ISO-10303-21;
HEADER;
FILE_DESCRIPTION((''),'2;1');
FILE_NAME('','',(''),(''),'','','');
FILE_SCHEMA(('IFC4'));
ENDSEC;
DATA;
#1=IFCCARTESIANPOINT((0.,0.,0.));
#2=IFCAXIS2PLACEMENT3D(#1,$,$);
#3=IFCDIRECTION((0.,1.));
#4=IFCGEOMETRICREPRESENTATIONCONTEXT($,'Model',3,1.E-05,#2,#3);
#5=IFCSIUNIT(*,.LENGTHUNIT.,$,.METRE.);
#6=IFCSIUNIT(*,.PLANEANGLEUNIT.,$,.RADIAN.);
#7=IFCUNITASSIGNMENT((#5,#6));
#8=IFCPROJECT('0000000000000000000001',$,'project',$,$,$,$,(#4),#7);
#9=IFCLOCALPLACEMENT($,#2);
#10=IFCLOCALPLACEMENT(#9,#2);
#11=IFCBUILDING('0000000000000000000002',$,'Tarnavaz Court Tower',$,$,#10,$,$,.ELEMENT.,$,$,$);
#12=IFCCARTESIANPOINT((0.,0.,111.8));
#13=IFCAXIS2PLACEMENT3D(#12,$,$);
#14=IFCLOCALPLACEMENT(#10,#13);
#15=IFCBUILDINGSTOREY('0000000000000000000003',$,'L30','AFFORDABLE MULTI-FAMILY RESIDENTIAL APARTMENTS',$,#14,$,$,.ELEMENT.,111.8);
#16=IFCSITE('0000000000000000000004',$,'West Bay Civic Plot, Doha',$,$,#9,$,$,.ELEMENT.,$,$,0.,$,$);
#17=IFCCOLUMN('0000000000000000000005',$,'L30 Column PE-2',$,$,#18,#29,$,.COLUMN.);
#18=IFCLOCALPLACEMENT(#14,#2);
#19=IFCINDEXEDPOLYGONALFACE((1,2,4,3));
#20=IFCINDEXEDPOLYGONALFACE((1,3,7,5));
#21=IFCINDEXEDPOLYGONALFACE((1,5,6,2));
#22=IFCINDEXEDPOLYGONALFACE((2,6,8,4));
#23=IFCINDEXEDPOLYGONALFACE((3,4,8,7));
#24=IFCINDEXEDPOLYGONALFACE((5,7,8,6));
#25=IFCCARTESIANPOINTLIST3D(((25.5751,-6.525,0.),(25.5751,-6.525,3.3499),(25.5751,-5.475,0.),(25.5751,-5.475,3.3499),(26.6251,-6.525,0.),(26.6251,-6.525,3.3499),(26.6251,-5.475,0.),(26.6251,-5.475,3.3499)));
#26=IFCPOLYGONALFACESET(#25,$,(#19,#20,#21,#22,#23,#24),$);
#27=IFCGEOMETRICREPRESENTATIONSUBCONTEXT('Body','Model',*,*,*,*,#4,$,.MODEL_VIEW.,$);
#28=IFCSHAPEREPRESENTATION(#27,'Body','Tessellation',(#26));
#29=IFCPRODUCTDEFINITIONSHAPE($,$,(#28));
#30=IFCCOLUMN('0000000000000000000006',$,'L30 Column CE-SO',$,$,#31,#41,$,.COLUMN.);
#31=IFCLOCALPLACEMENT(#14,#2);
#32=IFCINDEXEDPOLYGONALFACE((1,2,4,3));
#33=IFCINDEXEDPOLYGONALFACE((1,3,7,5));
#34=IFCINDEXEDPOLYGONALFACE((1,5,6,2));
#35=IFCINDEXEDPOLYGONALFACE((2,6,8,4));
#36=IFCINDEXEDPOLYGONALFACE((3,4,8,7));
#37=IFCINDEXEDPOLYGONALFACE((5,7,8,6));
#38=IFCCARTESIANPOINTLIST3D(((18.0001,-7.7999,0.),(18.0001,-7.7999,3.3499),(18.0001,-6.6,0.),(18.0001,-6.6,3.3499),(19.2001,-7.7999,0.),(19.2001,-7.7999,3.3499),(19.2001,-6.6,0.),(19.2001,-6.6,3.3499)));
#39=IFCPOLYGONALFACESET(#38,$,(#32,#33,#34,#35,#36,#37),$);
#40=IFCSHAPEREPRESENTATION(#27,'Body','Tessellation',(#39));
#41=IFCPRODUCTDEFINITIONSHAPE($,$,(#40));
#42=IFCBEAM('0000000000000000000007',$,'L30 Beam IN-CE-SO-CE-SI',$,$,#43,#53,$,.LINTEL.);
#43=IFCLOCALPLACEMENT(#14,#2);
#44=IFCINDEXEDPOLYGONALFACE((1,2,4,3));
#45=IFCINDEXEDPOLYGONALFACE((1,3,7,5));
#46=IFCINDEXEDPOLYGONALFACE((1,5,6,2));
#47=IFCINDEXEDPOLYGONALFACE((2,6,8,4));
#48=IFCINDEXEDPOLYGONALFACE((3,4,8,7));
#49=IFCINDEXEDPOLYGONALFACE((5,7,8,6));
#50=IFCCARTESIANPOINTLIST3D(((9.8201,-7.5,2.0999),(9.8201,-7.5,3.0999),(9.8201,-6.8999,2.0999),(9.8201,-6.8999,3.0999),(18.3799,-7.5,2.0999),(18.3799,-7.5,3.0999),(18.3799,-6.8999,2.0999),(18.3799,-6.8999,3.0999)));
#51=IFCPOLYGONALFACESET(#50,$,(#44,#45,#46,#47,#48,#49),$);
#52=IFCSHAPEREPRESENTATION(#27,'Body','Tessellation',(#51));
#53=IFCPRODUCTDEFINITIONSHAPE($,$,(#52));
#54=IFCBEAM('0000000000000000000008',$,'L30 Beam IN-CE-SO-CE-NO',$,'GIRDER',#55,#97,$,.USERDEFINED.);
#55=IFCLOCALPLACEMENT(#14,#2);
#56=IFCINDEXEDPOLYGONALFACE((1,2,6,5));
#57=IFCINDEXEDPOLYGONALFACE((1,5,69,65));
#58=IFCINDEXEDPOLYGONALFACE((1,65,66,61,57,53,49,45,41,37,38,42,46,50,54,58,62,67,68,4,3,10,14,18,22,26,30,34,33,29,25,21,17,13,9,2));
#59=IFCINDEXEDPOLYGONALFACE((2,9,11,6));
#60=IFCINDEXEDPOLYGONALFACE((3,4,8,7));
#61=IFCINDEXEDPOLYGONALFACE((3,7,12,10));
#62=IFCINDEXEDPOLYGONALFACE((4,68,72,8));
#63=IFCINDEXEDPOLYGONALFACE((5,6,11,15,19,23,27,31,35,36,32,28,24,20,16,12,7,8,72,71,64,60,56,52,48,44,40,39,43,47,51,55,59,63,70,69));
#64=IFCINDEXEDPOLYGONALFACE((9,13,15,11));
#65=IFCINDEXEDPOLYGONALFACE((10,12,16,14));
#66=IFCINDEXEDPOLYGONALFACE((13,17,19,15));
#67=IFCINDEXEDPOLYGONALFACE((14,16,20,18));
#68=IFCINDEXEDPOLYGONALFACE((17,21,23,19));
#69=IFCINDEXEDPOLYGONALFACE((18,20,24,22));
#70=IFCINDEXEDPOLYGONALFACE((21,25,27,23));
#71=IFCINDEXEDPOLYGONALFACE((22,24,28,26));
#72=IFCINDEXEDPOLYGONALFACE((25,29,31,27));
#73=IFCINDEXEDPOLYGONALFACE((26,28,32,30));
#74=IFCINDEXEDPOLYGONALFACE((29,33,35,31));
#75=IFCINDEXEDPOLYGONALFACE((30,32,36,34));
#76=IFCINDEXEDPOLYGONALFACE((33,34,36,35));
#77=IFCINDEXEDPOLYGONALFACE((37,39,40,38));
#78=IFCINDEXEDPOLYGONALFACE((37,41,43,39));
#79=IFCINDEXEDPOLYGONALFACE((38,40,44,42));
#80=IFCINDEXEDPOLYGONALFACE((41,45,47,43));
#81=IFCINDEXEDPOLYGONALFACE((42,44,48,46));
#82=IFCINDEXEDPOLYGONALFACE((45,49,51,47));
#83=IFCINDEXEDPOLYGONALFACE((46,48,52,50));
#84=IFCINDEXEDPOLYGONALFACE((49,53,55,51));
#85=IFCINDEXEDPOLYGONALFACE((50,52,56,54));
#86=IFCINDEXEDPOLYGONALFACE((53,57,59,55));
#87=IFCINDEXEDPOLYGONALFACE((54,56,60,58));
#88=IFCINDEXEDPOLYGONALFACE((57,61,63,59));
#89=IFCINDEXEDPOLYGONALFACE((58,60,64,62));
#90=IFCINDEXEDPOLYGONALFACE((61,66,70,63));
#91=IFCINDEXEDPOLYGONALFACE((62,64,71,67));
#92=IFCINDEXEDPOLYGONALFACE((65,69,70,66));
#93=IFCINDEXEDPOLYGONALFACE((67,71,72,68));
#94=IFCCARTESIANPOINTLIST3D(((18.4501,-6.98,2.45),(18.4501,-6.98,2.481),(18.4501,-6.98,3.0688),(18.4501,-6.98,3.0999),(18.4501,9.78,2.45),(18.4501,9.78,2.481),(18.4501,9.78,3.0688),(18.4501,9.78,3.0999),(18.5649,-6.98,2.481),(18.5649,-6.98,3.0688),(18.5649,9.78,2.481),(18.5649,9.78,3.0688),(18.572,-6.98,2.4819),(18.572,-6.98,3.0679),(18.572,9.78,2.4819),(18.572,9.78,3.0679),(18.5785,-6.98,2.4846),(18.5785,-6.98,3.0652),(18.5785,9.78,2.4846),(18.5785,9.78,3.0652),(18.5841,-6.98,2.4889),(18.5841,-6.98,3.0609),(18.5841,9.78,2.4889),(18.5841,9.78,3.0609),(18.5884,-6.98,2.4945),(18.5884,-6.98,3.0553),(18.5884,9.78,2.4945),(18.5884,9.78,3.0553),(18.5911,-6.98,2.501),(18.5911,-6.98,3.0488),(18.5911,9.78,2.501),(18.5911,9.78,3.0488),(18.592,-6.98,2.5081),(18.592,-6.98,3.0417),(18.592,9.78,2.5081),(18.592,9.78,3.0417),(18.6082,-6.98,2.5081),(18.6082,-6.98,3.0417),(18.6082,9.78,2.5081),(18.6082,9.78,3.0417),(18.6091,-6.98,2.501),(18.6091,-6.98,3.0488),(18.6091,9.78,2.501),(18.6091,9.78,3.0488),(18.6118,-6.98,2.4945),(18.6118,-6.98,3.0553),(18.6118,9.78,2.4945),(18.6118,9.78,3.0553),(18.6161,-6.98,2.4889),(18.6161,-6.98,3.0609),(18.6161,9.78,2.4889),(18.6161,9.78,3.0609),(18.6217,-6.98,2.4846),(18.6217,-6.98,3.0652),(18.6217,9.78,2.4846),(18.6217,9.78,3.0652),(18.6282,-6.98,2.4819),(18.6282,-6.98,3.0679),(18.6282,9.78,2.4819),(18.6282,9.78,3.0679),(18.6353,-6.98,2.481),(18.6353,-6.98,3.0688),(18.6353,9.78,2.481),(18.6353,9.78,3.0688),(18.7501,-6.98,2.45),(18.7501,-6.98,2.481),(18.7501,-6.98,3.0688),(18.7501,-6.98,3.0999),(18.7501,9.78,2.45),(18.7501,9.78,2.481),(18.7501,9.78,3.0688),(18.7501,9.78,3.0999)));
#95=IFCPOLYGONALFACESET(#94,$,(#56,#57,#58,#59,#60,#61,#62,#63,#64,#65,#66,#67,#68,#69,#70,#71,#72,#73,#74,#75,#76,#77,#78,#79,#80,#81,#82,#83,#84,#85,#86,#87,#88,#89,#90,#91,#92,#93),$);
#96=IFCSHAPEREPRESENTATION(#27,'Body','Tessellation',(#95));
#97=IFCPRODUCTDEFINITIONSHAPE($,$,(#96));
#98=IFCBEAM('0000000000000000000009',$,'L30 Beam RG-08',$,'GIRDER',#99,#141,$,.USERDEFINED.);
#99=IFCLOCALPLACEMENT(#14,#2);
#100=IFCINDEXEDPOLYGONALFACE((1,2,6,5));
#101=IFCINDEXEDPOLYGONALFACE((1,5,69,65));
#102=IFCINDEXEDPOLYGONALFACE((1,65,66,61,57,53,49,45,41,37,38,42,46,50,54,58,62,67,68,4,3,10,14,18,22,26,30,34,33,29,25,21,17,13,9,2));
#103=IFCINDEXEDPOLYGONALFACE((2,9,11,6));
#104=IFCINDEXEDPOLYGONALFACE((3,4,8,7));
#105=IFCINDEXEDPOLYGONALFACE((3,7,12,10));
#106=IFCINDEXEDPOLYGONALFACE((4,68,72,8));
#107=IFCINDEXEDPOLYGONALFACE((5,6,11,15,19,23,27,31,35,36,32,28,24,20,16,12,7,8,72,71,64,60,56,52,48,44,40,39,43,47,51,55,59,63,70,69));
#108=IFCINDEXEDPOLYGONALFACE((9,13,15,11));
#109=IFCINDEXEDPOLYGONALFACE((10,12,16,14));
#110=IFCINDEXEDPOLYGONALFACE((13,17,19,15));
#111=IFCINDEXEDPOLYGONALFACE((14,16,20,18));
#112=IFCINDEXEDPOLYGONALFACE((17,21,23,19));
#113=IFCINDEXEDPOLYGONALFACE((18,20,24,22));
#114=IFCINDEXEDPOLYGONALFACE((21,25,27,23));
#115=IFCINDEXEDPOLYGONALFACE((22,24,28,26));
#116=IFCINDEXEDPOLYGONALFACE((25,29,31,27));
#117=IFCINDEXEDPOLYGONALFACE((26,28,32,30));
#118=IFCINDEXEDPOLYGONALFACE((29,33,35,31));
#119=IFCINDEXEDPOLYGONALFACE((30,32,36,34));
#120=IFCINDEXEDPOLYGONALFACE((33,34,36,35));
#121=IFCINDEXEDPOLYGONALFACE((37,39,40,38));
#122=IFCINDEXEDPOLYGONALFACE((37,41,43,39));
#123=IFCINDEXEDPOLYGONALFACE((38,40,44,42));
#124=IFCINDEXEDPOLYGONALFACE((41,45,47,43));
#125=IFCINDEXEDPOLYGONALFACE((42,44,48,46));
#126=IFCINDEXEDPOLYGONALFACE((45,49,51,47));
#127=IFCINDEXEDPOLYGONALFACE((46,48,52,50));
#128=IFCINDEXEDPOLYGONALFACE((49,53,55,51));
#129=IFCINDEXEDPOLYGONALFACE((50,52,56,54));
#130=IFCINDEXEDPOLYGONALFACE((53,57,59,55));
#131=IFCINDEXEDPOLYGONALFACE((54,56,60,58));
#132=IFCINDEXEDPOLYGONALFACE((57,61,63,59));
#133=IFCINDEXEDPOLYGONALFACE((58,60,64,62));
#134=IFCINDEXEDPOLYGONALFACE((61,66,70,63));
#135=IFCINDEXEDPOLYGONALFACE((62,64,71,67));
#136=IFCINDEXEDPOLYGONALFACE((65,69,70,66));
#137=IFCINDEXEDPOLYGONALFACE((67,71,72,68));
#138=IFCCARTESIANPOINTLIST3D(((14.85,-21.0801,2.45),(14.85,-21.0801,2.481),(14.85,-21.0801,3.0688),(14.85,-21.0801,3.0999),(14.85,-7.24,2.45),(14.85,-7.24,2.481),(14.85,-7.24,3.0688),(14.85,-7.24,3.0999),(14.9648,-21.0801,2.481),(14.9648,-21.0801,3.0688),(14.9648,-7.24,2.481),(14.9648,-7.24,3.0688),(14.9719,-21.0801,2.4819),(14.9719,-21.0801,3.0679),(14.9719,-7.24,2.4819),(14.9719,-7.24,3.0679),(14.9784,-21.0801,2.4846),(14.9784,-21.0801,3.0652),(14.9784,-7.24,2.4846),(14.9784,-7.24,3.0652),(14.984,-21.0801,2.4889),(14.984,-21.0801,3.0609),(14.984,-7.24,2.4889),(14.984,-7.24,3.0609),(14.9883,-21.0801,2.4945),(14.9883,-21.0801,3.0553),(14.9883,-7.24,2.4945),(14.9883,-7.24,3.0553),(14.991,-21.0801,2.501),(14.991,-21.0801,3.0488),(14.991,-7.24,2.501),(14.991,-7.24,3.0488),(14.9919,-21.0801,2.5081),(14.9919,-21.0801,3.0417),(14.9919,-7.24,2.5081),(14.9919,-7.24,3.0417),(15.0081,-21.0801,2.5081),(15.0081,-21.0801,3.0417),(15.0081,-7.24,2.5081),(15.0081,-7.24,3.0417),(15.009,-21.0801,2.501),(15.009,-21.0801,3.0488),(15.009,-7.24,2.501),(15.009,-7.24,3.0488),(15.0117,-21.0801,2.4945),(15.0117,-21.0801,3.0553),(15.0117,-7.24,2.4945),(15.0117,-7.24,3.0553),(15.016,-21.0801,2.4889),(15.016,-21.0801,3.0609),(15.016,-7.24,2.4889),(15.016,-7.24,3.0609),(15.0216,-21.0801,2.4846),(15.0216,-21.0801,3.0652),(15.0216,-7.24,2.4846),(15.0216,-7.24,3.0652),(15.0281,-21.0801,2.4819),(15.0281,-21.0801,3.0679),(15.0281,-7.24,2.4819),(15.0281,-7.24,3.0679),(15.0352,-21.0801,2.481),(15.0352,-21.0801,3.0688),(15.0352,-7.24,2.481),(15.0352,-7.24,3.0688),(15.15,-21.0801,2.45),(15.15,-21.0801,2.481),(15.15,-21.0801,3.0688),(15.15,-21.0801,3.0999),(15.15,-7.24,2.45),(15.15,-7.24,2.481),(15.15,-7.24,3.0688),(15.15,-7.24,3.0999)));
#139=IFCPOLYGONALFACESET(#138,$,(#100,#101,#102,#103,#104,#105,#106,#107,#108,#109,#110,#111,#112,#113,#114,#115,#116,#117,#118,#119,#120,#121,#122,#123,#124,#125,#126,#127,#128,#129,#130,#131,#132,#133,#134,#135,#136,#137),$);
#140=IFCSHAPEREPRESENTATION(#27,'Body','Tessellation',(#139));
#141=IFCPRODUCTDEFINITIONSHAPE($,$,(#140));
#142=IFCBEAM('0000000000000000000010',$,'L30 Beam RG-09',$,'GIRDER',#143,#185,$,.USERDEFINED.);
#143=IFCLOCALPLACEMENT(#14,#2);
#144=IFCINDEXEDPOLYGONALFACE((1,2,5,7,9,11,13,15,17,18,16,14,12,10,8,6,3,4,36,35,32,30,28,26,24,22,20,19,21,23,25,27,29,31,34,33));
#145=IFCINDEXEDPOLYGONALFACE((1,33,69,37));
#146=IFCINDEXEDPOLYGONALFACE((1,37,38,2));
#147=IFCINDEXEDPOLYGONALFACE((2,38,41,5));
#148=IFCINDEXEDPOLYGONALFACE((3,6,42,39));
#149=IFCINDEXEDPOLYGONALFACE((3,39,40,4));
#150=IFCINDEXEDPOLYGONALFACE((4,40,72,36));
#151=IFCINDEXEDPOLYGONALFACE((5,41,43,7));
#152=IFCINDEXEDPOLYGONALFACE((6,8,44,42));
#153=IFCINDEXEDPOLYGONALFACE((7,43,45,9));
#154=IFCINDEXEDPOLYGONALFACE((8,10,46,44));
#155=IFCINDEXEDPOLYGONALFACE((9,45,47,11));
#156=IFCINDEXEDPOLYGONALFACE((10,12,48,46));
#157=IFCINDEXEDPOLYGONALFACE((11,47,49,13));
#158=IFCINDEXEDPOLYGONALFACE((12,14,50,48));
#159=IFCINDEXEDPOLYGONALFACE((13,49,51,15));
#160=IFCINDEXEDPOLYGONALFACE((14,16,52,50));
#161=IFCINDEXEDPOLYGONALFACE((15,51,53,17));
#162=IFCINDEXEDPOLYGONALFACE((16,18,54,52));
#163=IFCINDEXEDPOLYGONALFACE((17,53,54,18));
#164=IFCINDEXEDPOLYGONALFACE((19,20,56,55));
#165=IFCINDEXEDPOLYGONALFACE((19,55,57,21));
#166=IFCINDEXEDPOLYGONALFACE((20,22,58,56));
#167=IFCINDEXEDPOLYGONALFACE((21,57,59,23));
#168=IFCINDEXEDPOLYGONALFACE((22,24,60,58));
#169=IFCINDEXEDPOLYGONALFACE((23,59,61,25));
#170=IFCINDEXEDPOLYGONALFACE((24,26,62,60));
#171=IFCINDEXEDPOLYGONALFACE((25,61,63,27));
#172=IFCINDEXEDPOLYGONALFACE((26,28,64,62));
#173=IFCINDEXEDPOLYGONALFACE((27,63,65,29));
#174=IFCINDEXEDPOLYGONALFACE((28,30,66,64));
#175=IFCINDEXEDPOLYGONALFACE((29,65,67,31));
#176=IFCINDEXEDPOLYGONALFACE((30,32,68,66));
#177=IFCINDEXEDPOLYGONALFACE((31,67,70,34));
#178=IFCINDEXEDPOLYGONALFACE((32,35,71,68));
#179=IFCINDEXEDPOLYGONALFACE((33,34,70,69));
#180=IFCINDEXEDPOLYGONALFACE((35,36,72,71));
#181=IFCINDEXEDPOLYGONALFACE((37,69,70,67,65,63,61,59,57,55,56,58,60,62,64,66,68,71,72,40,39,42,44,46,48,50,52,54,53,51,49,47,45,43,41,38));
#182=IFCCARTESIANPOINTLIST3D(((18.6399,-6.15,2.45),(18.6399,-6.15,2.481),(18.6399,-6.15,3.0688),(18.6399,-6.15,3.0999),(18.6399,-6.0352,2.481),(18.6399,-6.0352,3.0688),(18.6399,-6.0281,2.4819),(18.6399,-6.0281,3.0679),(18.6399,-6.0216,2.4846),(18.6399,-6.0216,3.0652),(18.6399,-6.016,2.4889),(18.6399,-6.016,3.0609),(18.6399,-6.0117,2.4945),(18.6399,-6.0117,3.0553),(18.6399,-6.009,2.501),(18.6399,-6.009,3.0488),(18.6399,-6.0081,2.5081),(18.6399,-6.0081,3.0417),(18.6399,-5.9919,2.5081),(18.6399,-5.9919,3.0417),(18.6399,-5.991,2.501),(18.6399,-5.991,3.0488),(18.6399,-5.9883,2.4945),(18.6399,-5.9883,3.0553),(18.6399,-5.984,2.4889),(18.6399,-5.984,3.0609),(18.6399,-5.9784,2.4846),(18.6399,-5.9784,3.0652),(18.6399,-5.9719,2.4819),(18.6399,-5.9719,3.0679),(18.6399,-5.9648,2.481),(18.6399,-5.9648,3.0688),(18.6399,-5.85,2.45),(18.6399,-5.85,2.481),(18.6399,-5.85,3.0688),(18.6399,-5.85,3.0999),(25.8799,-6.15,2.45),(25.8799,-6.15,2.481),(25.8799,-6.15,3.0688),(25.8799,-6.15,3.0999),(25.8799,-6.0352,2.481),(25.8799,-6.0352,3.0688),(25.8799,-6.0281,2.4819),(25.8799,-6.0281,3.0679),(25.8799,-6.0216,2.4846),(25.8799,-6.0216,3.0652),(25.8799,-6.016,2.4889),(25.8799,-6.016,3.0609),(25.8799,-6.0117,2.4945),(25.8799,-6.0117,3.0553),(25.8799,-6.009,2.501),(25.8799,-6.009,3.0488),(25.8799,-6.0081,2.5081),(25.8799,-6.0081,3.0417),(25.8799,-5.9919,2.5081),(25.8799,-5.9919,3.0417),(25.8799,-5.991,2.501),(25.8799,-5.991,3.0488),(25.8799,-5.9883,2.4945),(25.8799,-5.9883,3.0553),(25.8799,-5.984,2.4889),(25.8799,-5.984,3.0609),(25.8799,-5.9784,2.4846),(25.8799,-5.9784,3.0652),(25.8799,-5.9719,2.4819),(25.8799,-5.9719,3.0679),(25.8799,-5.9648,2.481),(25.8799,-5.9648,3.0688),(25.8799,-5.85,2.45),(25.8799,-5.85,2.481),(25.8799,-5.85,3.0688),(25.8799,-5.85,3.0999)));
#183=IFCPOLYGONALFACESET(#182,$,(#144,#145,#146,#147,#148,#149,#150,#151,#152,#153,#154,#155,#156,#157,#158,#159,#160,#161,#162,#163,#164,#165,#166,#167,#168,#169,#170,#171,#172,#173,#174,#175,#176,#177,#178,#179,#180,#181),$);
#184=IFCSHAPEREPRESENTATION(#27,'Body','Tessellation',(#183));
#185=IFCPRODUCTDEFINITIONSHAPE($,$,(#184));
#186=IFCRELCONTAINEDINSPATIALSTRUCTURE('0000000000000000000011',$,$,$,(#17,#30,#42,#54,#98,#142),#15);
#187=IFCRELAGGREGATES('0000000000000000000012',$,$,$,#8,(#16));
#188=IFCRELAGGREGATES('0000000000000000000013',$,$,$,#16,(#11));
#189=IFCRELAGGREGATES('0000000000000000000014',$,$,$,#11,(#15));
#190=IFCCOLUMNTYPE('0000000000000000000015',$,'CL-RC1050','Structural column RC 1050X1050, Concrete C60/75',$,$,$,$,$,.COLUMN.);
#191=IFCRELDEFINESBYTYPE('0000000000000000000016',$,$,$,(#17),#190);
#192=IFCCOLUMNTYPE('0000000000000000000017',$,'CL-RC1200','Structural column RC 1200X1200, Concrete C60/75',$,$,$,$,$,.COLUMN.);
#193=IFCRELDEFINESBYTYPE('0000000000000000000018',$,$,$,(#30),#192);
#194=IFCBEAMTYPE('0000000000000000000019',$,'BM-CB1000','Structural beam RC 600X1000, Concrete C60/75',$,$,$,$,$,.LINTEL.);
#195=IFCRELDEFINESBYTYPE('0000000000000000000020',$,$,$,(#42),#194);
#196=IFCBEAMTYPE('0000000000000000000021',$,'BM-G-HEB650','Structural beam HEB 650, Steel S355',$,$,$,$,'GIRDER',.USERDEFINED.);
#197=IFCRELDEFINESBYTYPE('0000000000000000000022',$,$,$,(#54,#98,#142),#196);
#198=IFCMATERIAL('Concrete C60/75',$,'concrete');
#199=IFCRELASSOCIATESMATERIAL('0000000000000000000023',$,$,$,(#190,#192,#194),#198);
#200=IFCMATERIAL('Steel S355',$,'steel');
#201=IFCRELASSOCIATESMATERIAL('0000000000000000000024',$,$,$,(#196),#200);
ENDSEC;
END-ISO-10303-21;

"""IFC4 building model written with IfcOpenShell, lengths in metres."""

from ifc_helpers import new_model, si_unit, direction, frame, origin, origin_2d, place, context, subcontext, project, spatial, rectangle, i_section, extrude, material, material_profile, profile_set, type_object, element, save


model = new_model("IFC4")

# Units and contexts
model_context = context("Model", 3, precision=1e-05, world=origin(), true_north=direction((0.0, 1.0)))
body_context = subcontext(model_context, "Body", "Model", "MODEL_VIEW")
ifc_project = project(units=[si_unit("LENGTHUNIT", "METRE"), si_unit("PLANEANGLEUNIT", "RADIAN")], contexts=[model_context])

# Site, building, storey
site_placement = place(None, origin())
site = spatial("IfcSite", under=ifc_project, at=site_placement, Name="West Bay Civic Plot, Doha", CompositionType="ELEMENT", RefElevation=0.0)
building_placement = place(site_placement, origin())
building = spatial("IfcBuilding", under=site, at=building_placement, Name="Tarnavaz Court Tower", CompositionType="ELEMENT")
storey_placement = place(building_placement, frame((0.0, 0.0, 111.8)))
storey = spatial("IfcBuildingStorey", under=building, at=storey_placement, Name="L30", Description="AFFORDABLE MULTI-FAMILY RESIDENTIAL APARTMENTS", CompositionType="ELEMENT", Elevation=111.8)

# Columns
ifc_material_1 = material(Name="Concrete C60/75", Category="concrete")
ifc_material_profile_1 = material_profile(ifc_material_1, rectangle(XDim=1.05, YDim=1.05, at=origin_2d()), Name="RC 1050X1050")
ifc_profile_set_1 = profile_set([ifc_material_profile_1], Name="Concrete C60/75")
column_type_1 = type_object("IfcColumnType", Name="CL-RC1050", Description="Structural column RC 1050X1050, Concrete C60/75", PredefinedType="COLUMN", material=ifc_profile_set_1)
column_1_placement = place(storey_placement, frame((26.1001, -6.0, 0.0), z_axis=(0.0, 0.0, 1.0), x_axis=(1.0, 0.0, 0.0)))
element("IfcColumn", 1, at=column_1_placement, inside=storey, type_object=column_type_1, Name="L30 Column PE-2", PredefinedType="COLUMN", context=body_context, shape_type="SweptSolid", body=[
    extrude(rectangle(XDim=1.05, YDim=1.05, at=origin_2d()), origin(), (0.0, 0.0, 1.0), 3.3499),
])
ifc_material_profile_2 = material_profile(ifc_material_1, rectangle(XDim=1.2, YDim=1.2, at=origin_2d()), Name="RC 1200X1200")
ifc_profile_set_2 = profile_set([ifc_material_profile_2], Name="Concrete C60/75")
column_type_2 = type_object("IfcColumnType", Name="CL-RC1200", Description="Structural column RC 1200X1200, Concrete C60/75", PredefinedType="COLUMN", material=ifc_profile_set_2)
column_2_placement = place(storey_placement, frame((18.6001, -7.2, 0.0), z_axis=(0.0, 0.0, 1.0), x_axis=(1.0, 0.0, 0.0)))
element("IfcColumn", 2, at=column_2_placement, inside=storey, type_object=column_type_2, Name="L30 Column CE-SO", PredefinedType="COLUMN", context=body_context, shape_type="SweptSolid", body=[
    extrude(rectangle(XDim=1.2, YDim=1.2, at=origin_2d()), origin(), (0.0, 0.0, 1.0), 3.3499),
])

# Beams
ifc_material_profile_3 = material_profile(ifc_material_1, rectangle(XDim=0.6001, YDim=1.0, at=origin_2d()), Name="RC 600X1000")
ifc_profile_set_3 = profile_set([ifc_material_profile_3], Name="Concrete C60/75")
beam_type_1 = type_object("IfcBeamType", Name="BM-CB1000", Description="Structural beam RC 600X1000, Concrete C60/75", PredefinedType="LINTEL", material=ifc_profile_set_3)
beam_1_placement = place(storey_placement, frame((18.3799, -7.2, 2.5999), z_axis=(-1.0, 0.0, 0.0), x_axis=(0.0, -1.0, 0.0)))
element("IfcBeam", 3, at=beam_1_placement, inside=storey, type_object=beam_type_1, Name="L30 Beam IN-CE-SO-CE-SI", PredefinedType="LINTEL", context=body_context, shape_type="SweptSolid", body=[
    extrude(rectangle(XDim=0.6001, YDim=1.0, at=origin_2d()), origin(), (0.0, 0.0, 1.0), 8.5598),
])
ifc_material_2 = material(Name="Steel S355", Category="steel")
ifc_material_profile_4 = material_profile(ifc_material_2, i_section(OverallWidth=0.3, OverallDepth=0.6499, WebThickness=0.0161, FlangeThickness=0.031, FilletRadius=0.0271, at=origin_2d()), Name="HEB 650")
ifc_profile_set_4 = profile_set([ifc_material_profile_4], Name="Steel S355")
beam_type_2 = type_object("IfcBeamType", Name="BM-G-HEB650", Description="Structural beam HEB 650, Steel S355", ElementType="GIRDER", PredefinedType="USERDEFINED", material=ifc_profile_set_4)
beam_2_placement = place(storey_placement, frame((18.6001, -6.98, 2.7749), z_axis=(0.0, 1.0, 0.0), x_axis=(-1.0, 0.0, 0.0)))
element("IfcBeam", 4, at=beam_2_placement, inside=storey, type_object=beam_type_2, Name="L30 Beam IN-CE-SO-CE-NO", ObjectType="GIRDER", PredefinedType="USERDEFINED", context=body_context, shape_type="SweptSolid", body=[
    extrude(i_section(OverallWidth=0.3, OverallDepth=0.6499, WebThickness=0.0161, FlangeThickness=0.031, FilletRadius=0.0271, at=origin_2d()), origin(), (0.0, 0.0, 1.0), 16.76),
])
beam_3_placement = place(storey_placement, frame((15.0, -7.24, 2.7749), z_axis=(0.0, -1.0, 0.0), x_axis=(1.0, 0.0, 0.0)))
element("IfcBeam", 5, at=beam_3_placement, inside=storey, type_object=beam_type_2, Name="L30 Beam RG-08", ObjectType="GIRDER", PredefinedType="USERDEFINED", context=body_context, shape_type="SweptSolid", body=[
    extrude(i_section(OverallWidth=0.3, OverallDepth=0.6499, WebThickness=0.0161, FlangeThickness=0.031, FilletRadius=0.0271, at=origin_2d()), origin(), (0.0, 0.0, 1.0), 13.8401),
])
beam_4_placement = place(storey_placement, frame((18.6399, -6.0, 2.7749), z_axis=(1.0, 0.0, 0.0), x_axis=(0.0, 1.0, 0.0)))
element("IfcBeam", 6, at=beam_4_placement, inside=storey, type_object=beam_type_2, Name="L30 Beam RG-09", ObjectType="GIRDER", PredefinedType="USERDEFINED", context=body_context, shape_type="SweptSolid", body=[
    extrude(i_section(OverallWidth=0.3, OverallDepth=0.6499, WebThickness=0.0161, FlangeThickness=0.031, FilletRadius=0.0271, at=origin_2d()), origin(), (0.0, 0.0, 1.0), 7.24),
])

save(model, "model.ifc")
